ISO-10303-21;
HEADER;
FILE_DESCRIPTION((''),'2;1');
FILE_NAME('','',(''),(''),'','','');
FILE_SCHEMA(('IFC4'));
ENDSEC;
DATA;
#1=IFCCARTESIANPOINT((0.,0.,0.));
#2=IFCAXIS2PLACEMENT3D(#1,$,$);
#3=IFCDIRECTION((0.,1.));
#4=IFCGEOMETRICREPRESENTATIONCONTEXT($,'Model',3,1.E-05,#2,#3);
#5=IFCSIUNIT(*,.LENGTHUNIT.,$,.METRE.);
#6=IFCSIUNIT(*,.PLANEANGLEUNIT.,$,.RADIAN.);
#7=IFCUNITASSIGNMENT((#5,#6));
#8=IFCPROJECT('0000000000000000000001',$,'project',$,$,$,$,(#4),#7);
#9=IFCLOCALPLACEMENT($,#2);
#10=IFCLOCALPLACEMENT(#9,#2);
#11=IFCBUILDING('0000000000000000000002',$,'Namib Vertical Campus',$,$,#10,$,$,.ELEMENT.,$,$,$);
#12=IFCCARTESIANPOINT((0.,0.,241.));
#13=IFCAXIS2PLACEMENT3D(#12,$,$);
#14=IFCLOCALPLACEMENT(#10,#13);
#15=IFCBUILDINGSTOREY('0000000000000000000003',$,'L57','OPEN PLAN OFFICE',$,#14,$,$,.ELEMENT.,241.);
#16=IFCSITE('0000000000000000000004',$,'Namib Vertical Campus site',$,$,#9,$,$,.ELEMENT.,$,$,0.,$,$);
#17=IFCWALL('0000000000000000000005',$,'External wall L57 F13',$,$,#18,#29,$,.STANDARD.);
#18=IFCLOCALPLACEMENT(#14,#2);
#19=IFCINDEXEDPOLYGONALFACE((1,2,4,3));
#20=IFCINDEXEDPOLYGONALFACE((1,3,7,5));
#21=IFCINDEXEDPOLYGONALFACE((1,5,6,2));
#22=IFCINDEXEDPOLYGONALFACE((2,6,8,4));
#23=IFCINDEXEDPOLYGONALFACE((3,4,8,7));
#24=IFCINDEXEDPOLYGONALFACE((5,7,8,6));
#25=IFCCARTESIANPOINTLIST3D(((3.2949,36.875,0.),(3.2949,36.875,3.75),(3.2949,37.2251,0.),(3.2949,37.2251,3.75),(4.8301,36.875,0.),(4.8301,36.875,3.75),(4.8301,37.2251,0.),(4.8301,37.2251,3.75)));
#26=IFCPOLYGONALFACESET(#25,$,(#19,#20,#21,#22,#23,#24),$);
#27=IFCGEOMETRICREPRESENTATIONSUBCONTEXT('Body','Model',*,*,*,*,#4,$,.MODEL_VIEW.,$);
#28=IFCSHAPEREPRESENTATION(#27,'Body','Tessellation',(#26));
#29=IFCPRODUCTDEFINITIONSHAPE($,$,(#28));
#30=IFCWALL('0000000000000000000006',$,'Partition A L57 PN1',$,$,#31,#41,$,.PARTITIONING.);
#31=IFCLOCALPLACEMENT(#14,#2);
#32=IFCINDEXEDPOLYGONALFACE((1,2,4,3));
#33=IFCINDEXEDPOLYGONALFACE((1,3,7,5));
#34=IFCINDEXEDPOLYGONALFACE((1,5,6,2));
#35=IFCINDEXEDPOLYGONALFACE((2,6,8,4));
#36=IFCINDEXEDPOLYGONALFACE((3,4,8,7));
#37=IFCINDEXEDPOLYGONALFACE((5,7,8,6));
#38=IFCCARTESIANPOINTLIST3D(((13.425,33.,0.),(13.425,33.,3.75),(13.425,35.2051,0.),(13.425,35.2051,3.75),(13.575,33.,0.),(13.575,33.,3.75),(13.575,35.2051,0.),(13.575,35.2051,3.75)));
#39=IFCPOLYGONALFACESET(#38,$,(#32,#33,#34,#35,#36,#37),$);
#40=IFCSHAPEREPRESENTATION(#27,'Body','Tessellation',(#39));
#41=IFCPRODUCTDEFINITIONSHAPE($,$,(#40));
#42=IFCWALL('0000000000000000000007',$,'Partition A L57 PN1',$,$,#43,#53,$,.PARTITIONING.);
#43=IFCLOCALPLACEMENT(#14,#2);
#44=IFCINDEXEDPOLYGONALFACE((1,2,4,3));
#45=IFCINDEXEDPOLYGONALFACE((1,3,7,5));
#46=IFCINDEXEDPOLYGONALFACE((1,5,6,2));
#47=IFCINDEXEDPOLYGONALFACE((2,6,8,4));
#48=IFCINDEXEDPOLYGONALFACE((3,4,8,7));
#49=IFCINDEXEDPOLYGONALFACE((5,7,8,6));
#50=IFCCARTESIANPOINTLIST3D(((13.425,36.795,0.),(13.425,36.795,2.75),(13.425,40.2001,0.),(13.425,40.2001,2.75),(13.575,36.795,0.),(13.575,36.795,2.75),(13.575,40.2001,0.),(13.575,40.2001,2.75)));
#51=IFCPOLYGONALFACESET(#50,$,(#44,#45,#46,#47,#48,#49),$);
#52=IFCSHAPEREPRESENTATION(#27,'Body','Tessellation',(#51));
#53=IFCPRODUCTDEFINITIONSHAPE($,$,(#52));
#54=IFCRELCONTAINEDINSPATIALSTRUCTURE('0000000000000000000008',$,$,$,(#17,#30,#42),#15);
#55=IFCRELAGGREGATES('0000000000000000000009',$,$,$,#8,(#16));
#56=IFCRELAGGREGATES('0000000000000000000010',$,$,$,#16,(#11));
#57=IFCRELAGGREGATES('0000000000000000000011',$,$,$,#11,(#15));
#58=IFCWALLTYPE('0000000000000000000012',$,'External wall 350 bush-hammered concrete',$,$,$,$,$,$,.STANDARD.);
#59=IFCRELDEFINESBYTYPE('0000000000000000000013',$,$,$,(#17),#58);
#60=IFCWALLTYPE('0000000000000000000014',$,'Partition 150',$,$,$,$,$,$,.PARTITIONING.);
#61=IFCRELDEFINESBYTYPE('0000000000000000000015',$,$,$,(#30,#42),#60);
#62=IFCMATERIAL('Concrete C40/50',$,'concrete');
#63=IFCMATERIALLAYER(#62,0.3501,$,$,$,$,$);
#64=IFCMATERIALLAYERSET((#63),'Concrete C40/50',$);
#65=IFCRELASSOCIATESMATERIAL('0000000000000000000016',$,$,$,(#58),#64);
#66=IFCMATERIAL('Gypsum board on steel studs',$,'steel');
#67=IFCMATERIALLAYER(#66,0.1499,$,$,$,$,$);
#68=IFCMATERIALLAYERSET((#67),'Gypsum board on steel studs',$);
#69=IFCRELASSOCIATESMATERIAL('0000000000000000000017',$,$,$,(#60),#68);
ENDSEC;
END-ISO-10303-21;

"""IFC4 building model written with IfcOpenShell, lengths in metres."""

from ifc_helpers import new_model, si_unit, direction, frame, frame_2d, origin, place, context, subcontext, project, spatial, rectangle, extrude, material, layer, layer_set, type_object, element, save


model = new_model("IFC4")

# Units and contexts
model_context = context("Model", 3, precision=1e-05, world=origin(), true_north=direction((0.0, 1.0)))
body_context = subcontext(model_context, "Body", "Model", "MODEL_VIEW")
ifc_project = project(units=[si_unit("LENGTHUNIT", "METRE"), si_unit("PLANEANGLEUNIT", "RADIAN")], contexts=[model_context])

# Site, building, storey
site_placement = place(None, origin())
site = spatial("IfcSite", under=ifc_project, at=site_placement, Name="Namib Vertical Campus site", CompositionType="ELEMENT", RefElevation=0.0)
building_placement = place(site_placement, origin())
building = spatial("IfcBuilding", under=site, at=building_placement, Name="Namib Vertical Campus", CompositionType="ELEMENT")
storey_placement = place(building_placement, frame((0.0, 0.0, 241.0)))
storey = spatial("IfcBuildingStorey", under=building, at=storey_placement, Name="L57", Description="OPEN PLAN OFFICE", CompositionType="ELEMENT", Elevation=241.0)

# Walls
ifc_material_1 = material(Name="Concrete C40/50", Category="concrete")
ifc_layer_1 = layer(ifc_material_1, 0.3501)
ifc_layer_set_1 = layer_set([ifc_layer_1], Name="Concrete C40/50")
wall_type_1 = type_object("IfcWallType", Name="External wall 350 bush-hammered concrete", PredefinedType="STANDARD", material=ifc_layer_set_1)
wall_1_placement = place(storey_placement, frame((4.8301, 37.05, 0.0), z_axis=(0.0, 0.0, 1.0), x_axis=(-1.0, 0.0, 0.0)))
element("IfcWall", 1, at=wall_1_placement, inside=storey, type_object=wall_type_1, Name="External wall L57 F13", PredefinedType="STANDARD", context=body_context, shape_type="SweptSolid", body=[
    extrude(rectangle(XDim=1.5352, YDim=0.3501, at=frame_2d((0.7676, 0.0))), origin(), (0.0, 0.0, 1.0), 3.75),
])
ifc_material_2 = material(Name="Gypsum board on steel studs", Category="steel")
ifc_layer_2 = layer(ifc_material_2, 0.1499)
ifc_layer_set_2 = layer_set([ifc_layer_2], Name="Gypsum board on steel studs")
wall_type_2 = type_object("IfcWallType", Name="Partition 150", PredefinedType="PARTITIONING", material=ifc_layer_set_2)
wall_2_placement = place(storey_placement, frame((13.5, 33.0, 0.0), z_axis=(0.0, 0.0, 1.0), x_axis=(0.0, 1.0, 0.0)))
element("IfcWall", 2, at=wall_2_placement, inside=storey, type_object=wall_type_2, Name="Partition A L57 PN1", PredefinedType="PARTITIONING", context=body_context, shape_type="SweptSolid", body=[
    extrude(rectangle(XDim=2.2051, YDim=0.1499, at=frame_2d((1.1025, 0.0))), origin(), (0.0, 0.0, 1.0), 3.75),
])
wall_3_placement = place(storey_placement, frame((13.5, 36.7949, 0.0), z_axis=(0.0, 0.0, 1.0), x_axis=(0.0, 1.0, 0.0)))
element("IfcWall", 3, at=wall_3_placement, inside=storey, type_object=wall_type_2, Name="Partition A L57 PN1", PredefinedType="PARTITIONING", context=body_context, shape_type="SweptSolid", body=[
    extrude(rectangle(XDim=3.405, YDim=0.1499, at=frame_2d((1.7026, 0.0))), origin(), (0.0, 0.0, 1.0), 2.75),
])

save(model, "model.ifc")
